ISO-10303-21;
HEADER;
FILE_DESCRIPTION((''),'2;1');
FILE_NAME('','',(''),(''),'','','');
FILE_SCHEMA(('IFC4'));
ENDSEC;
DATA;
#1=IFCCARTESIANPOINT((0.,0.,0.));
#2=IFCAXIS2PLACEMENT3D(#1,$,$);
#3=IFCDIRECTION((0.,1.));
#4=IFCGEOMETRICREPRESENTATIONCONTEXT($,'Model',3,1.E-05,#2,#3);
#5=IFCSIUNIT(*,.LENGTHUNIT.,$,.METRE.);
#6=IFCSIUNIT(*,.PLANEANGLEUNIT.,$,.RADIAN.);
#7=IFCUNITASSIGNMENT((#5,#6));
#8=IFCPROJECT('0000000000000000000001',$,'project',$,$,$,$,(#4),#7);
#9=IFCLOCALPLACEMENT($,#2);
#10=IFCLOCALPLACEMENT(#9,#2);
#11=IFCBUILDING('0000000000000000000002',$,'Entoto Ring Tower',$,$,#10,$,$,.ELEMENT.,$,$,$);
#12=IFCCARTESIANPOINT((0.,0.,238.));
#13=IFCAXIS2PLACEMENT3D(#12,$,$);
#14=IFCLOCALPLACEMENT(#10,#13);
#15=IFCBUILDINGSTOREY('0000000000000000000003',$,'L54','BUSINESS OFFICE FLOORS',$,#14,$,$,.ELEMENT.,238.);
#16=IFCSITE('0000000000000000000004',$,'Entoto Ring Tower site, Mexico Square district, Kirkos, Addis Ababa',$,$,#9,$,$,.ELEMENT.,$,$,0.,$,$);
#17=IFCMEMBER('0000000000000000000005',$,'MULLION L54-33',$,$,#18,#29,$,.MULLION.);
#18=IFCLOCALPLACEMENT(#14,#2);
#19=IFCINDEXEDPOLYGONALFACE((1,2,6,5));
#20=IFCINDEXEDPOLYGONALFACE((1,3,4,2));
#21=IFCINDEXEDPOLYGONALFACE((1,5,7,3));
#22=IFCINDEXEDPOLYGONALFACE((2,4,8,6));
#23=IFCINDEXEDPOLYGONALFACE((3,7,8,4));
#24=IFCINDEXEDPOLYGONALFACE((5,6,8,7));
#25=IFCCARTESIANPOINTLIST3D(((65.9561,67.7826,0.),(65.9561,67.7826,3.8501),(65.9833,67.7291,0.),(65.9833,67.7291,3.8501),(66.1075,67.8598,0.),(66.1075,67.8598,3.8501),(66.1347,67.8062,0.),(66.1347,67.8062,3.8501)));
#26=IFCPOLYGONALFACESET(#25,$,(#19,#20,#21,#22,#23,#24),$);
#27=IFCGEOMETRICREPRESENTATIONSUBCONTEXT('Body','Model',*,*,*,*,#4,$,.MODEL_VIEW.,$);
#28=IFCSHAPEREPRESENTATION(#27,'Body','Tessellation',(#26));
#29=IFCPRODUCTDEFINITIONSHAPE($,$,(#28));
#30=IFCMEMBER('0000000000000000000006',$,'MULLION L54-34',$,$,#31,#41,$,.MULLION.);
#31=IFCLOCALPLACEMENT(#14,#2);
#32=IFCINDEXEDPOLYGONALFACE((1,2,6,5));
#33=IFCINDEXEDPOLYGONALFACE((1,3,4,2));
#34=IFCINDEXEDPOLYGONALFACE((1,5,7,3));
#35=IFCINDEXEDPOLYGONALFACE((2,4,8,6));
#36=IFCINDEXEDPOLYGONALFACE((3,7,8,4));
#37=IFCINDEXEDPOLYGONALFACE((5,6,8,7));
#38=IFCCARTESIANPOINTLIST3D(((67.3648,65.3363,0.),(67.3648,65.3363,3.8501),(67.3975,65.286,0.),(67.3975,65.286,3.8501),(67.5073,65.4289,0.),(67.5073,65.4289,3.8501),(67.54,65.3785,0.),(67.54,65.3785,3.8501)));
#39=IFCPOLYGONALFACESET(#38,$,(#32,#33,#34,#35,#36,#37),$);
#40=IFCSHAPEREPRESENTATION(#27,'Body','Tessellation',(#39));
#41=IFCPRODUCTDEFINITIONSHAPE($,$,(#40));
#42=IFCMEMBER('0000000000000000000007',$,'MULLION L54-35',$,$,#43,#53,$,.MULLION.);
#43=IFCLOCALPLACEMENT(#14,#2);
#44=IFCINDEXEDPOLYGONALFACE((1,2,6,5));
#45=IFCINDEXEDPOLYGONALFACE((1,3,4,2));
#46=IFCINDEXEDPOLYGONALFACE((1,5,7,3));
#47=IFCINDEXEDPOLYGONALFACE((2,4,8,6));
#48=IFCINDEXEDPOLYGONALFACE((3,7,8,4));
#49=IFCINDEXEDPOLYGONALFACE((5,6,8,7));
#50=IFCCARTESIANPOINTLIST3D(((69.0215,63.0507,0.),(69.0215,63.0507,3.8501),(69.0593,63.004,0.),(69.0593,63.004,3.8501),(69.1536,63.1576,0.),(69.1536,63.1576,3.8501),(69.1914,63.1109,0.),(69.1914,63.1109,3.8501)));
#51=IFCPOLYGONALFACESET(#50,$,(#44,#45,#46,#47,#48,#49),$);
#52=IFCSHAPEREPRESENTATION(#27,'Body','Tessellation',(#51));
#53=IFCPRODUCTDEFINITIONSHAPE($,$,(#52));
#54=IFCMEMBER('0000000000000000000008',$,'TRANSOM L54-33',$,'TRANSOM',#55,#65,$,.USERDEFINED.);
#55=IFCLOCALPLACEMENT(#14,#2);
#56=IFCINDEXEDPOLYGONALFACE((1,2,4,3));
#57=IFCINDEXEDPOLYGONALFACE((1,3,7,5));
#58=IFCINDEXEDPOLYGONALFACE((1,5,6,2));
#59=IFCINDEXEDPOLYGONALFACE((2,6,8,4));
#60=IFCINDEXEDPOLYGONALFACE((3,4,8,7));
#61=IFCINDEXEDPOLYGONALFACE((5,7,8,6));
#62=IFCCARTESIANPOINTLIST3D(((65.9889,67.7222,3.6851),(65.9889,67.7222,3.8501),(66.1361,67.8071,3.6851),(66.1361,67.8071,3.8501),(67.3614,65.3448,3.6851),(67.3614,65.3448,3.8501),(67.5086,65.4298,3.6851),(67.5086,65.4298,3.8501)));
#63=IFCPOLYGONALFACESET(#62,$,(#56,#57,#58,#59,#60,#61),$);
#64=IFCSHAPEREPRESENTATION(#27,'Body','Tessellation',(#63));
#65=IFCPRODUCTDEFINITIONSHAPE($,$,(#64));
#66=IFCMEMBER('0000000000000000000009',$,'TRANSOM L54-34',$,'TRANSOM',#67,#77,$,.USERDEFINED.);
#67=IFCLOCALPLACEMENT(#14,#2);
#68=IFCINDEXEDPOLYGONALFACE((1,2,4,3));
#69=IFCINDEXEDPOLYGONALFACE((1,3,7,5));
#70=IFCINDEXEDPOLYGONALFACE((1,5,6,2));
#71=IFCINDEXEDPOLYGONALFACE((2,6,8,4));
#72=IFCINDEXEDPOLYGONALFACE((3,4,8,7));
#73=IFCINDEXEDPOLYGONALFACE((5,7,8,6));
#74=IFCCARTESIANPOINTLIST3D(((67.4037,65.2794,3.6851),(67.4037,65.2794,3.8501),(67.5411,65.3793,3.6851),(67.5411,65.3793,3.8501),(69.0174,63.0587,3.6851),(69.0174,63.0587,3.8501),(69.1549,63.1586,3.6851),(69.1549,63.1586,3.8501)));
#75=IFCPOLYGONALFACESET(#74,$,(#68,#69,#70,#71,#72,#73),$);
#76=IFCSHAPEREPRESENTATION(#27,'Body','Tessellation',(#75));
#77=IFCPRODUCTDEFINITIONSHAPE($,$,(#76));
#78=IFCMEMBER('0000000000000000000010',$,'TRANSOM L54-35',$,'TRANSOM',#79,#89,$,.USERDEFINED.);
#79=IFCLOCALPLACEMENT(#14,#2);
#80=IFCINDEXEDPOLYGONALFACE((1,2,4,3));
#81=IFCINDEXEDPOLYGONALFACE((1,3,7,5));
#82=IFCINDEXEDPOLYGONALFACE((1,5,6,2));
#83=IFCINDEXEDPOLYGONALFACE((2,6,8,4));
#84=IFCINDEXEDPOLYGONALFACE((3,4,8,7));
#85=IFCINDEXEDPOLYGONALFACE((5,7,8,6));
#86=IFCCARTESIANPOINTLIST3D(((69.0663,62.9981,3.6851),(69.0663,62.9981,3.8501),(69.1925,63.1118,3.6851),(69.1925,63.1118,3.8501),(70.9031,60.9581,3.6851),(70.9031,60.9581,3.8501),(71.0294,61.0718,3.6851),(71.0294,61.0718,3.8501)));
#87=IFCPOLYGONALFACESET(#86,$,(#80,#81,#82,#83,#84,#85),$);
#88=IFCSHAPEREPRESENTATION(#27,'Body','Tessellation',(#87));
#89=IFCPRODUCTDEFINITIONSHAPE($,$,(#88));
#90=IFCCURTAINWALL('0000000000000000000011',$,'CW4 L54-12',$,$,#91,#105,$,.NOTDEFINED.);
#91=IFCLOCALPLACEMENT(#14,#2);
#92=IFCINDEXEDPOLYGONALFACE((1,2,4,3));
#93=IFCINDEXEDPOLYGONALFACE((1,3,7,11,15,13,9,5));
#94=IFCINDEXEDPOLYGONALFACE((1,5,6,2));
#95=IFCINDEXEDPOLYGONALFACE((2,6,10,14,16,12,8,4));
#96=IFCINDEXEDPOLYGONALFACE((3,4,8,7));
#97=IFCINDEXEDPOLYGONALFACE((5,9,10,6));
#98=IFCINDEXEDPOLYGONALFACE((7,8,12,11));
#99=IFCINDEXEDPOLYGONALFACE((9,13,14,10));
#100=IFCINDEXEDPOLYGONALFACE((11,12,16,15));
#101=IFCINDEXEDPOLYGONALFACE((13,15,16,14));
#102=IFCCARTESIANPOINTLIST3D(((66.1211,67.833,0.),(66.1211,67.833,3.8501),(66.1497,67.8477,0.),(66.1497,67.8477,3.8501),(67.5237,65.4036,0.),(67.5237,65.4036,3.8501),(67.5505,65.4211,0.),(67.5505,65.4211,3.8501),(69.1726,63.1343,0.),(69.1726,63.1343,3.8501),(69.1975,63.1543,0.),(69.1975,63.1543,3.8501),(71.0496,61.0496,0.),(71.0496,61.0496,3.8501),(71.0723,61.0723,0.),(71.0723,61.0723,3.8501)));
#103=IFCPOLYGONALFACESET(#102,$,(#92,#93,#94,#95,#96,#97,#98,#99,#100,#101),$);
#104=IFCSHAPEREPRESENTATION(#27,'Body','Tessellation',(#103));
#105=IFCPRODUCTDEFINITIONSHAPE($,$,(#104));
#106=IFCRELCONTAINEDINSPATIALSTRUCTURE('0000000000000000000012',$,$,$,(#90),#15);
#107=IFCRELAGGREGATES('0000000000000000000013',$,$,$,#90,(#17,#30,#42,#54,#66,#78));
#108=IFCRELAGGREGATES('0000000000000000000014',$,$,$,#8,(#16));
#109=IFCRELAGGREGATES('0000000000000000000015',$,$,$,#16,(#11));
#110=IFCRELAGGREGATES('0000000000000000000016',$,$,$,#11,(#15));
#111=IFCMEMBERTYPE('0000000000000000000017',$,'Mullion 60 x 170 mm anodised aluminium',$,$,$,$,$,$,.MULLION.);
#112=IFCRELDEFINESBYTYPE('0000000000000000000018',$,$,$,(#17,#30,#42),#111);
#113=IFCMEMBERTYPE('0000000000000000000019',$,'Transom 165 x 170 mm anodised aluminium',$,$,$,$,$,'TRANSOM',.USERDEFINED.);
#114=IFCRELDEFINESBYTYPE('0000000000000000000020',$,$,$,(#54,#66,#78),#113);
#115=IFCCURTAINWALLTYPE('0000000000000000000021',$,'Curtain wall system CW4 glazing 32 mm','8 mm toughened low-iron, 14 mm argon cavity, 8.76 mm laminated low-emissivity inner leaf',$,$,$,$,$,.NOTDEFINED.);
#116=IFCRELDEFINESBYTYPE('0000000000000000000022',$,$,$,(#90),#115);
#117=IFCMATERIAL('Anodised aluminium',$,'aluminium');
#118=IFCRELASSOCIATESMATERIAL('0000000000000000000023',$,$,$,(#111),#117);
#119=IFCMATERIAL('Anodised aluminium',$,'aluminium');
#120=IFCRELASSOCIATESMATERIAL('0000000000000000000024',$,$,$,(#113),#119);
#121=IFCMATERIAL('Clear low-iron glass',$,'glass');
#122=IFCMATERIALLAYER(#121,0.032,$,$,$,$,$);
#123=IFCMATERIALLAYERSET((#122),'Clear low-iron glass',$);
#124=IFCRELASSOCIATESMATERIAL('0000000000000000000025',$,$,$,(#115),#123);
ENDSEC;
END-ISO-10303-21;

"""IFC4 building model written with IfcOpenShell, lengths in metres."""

from ifc_helpers import new_model, si_unit, direction, frame, origin, origin_2d, place, context, subcontext, project, spatial, polyline, rectangle, outline, extrude, material, layer, layer_set, material_profile, profile_set, type_object, element, aggregate, save


model = new_model("IFC4")

# Units and contexts
model_context = context("Model", 3, precision=1e-05, world=origin(), true_north=direction((0.0, 1.0)))
body_context = subcontext(model_context, "Body", "Model", "MODEL_VIEW")
ifc_project = project(units=[si_unit("LENGTHUNIT", "METRE"), si_unit("PLANEANGLEUNIT", "RADIAN")], contexts=[model_context])

# Members
ifc_material_1 = material(Name="Anodised aluminium", Category="aluminium")
ifc_material_profile_1 = material_profile(ifc_material_1, rectangle(XDim=0.0601, YDim=0.1699, at=origin_2d()), Name="Mullion 60 x 170 mm anodised aluminium")
ifc_profile_set_1 = profile_set([ifc_material_profile_1], Name="Anodised aluminium")
member_type_1 = type_object("IfcMemberType", Name="Mullion 60 x 170 mm anodised aluminium", PredefinedType="MULLION", material=ifc_profile_set_1)
site_placement = place(None, origin())
building_placement = place(site_placement, origin())
storey_placement = place(building_placement, frame((0.0, 0.0, 238.0)))
member_1_placement = place(storey_placement, frame((66.0454, 67.7944, 0.0), z_axis=(0.0, 0.0, 1.0), x_axis=(0.45399, -0.891007, 0.0)))
member_1 = element("IfcMember", 1, at=member_1_placement, type_object=member_type_1, Name="MULLION L54-33", PredefinedType="MULLION", context=body_context, shape_type="SweptSolid", body=[
    extrude(rectangle(XDim=0.0601, YDim=0.1699, at=origin_2d()), origin(), (0.0, 0.0, 1.0), 3.8501),
])
member_2_placement = place(storey_placement, frame((67.4524, 65.3574, 0.0), z_axis=(0.0, 0.0, 1.0), x_axis=(0.544639, -0.838671, 0.0)))
member_2 = element("IfcMember", 2, at=member_2_placement, type_object=member_type_1, Name="MULLION L54-34", PredefinedType="MULLION", context=body_context, shape_type="SweptSolid", body=[
    extrude(rectangle(XDim=0.0601, YDim=0.1699, at=origin_2d()), origin(), (0.0, 0.0, 1.0), 3.8501),
])
member_3_placement = place(storey_placement, frame((69.1064, 63.0808, 0.0), z_axis=(0.0, 0.0, 1.0), x_axis=(0.62932, -0.777146, 0.0)))
member_3 = element("IfcMember", 3, at=member_3_placement, type_object=member_type_1, Name="MULLION L54-35", PredefinedType="MULLION", context=body_context, shape_type="SweptSolid", body=[
    extrude(rectangle(XDim=0.0601, YDim=0.1699, at=origin_2d()), origin(), (0.0, 0.0, 1.0), 3.8501),
])
ifc_material_2 = material(Name="Anodised aluminium", Category="aluminium")
ifc_material_profile_2 = material_profile(ifc_material_2, rectangle(XDim=0.1699, YDim=0.165, at=origin_2d()), Name="Transom 165 x 170 mm anodised aluminium")
ifc_profile_set_2 = profile_set([ifc_material_profile_2], Name="Anodised aluminium")
member_type_2 = type_object("IfcMemberType", Name="Transom 165 x 170 mm anodised aluminium", ElementType="TRANSOM", PredefinedType="USERDEFINED", material=ifc_profile_set_2)
member_4_placement = place(storey_placement, frame((66.0625, 67.7646, 3.7676), z_axis=(0.499984, -0.866035, 0.0), x_axis=(0.866035, 0.499984, 0.0)))
member_4 = element("IfcMember", 4, at=member_4_placement, type_object=member_type_2, Name="TRANSOM L54-33", ObjectType="TRANSOM", PredefinedType="USERDEFINED", context=body_context, shape_type="SweptSolid", body=[
    extrude(rectangle(XDim=0.1699, YDim=0.165, at=origin_2d()), origin(), (0.0, 0.0, 1.0), 2.7451),
])
member_5_placement = place(storey_placement, frame((67.4724, 65.3293, 3.7676), z_axis=(0.587865, -0.808959, 0.0), x_axis=(0.808959, 0.587865, 0.0)))
member_5 = element("IfcMember", 5, at=member_5_placement, type_object=member_type_2, Name="TRANSOM L54-34", ObjectType="TRANSOM", PredefinedType="USERDEFINED", context=body_context, shape_type="SweptSolid", body=[
    extrude(rectangle(XDim=0.1699, YDim=0.165, at=origin_2d()), origin(), (0.0, 0.0, 1.0), 2.7451),
])
member_6_placement = place(storey_placement, frame((69.1294, 63.0549, 3.7676), z_axis=(0.669142, -0.743135, 0.0), x_axis=(0.743135, 0.669142, 0.0)))
member_6 = element("IfcMember", 6, at=member_6_placement, type_object=member_type_2, Name="TRANSOM L54-35", ObjectType="TRANSOM", PredefinedType="USERDEFINED", context=body_context, shape_type="SweptSolid", body=[
    extrude(rectangle(XDim=0.1699, YDim=0.165, at=origin_2d()), origin(), (0.0, 0.0, 1.0), 2.7451),
])

# Site, building, storey
site = spatial("IfcSite", under=ifc_project, at=site_placement, Name="Entoto Ring Tower site, Mexico Square district, Kirkos, Addis Ababa", CompositionType="ELEMENT", RefElevation=0.0)
building = spatial("IfcBuilding", under=site, at=building_placement, Name="Entoto Ring Tower", CompositionType="ELEMENT")
storey = spatial("IfcBuildingStorey", under=building, at=storey_placement, Name="L54", Description="BUSINESS OFFICE FLOORS", CompositionType="ELEMENT", Elevation=238.0)

# Curtain wall
ifc_material_3 = material(Name="Clear low-iron glass", Category="glass")
ifc_layer = layer(ifc_material_3, 0.032)
ifc_layer_set = layer_set([ifc_layer], Name="Clear low-iron glass")
curtain_wall_type = type_object("IfcCurtainWallType", Name="Curtain wall system CW4 glazing 32 mm", Description="8 mm toughened low-iron, 14 mm argon cavity, 8.76 mm laminated low-emissivity inner leaf", PredefinedType="NOTDEFINED", material=ifc_layer_set)
curtain_wall_1_placement = place(storey_placement, origin())
curtain_wall_1 = element("IfcCurtainWall", 7, at=curtain_wall_1_placement, inside=storey, type_object=curtain_wall_type, Name="CW4 L54-12", PredefinedType="NOTDEFINED", context=body_context, shape_type="SweptSolid", body=[
    extrude(outline(polyline([(66.1211, 67.833), (67.5237, 65.4036), (69.1726, 63.1343), (71.0496, 61.0496), (71.0723, 61.0723), (69.1975, 63.1543), (67.5505, 65.4211), (66.1497, 67.8477), (66.1211, 67.833)])), origin(), (0.0, 0.0, 1.0), 3.8501),
])
aggregate(curtain_wall_1, [member_1, member_2, member_3, member_4, member_5, member_6])

save(model, "model.ifc")
